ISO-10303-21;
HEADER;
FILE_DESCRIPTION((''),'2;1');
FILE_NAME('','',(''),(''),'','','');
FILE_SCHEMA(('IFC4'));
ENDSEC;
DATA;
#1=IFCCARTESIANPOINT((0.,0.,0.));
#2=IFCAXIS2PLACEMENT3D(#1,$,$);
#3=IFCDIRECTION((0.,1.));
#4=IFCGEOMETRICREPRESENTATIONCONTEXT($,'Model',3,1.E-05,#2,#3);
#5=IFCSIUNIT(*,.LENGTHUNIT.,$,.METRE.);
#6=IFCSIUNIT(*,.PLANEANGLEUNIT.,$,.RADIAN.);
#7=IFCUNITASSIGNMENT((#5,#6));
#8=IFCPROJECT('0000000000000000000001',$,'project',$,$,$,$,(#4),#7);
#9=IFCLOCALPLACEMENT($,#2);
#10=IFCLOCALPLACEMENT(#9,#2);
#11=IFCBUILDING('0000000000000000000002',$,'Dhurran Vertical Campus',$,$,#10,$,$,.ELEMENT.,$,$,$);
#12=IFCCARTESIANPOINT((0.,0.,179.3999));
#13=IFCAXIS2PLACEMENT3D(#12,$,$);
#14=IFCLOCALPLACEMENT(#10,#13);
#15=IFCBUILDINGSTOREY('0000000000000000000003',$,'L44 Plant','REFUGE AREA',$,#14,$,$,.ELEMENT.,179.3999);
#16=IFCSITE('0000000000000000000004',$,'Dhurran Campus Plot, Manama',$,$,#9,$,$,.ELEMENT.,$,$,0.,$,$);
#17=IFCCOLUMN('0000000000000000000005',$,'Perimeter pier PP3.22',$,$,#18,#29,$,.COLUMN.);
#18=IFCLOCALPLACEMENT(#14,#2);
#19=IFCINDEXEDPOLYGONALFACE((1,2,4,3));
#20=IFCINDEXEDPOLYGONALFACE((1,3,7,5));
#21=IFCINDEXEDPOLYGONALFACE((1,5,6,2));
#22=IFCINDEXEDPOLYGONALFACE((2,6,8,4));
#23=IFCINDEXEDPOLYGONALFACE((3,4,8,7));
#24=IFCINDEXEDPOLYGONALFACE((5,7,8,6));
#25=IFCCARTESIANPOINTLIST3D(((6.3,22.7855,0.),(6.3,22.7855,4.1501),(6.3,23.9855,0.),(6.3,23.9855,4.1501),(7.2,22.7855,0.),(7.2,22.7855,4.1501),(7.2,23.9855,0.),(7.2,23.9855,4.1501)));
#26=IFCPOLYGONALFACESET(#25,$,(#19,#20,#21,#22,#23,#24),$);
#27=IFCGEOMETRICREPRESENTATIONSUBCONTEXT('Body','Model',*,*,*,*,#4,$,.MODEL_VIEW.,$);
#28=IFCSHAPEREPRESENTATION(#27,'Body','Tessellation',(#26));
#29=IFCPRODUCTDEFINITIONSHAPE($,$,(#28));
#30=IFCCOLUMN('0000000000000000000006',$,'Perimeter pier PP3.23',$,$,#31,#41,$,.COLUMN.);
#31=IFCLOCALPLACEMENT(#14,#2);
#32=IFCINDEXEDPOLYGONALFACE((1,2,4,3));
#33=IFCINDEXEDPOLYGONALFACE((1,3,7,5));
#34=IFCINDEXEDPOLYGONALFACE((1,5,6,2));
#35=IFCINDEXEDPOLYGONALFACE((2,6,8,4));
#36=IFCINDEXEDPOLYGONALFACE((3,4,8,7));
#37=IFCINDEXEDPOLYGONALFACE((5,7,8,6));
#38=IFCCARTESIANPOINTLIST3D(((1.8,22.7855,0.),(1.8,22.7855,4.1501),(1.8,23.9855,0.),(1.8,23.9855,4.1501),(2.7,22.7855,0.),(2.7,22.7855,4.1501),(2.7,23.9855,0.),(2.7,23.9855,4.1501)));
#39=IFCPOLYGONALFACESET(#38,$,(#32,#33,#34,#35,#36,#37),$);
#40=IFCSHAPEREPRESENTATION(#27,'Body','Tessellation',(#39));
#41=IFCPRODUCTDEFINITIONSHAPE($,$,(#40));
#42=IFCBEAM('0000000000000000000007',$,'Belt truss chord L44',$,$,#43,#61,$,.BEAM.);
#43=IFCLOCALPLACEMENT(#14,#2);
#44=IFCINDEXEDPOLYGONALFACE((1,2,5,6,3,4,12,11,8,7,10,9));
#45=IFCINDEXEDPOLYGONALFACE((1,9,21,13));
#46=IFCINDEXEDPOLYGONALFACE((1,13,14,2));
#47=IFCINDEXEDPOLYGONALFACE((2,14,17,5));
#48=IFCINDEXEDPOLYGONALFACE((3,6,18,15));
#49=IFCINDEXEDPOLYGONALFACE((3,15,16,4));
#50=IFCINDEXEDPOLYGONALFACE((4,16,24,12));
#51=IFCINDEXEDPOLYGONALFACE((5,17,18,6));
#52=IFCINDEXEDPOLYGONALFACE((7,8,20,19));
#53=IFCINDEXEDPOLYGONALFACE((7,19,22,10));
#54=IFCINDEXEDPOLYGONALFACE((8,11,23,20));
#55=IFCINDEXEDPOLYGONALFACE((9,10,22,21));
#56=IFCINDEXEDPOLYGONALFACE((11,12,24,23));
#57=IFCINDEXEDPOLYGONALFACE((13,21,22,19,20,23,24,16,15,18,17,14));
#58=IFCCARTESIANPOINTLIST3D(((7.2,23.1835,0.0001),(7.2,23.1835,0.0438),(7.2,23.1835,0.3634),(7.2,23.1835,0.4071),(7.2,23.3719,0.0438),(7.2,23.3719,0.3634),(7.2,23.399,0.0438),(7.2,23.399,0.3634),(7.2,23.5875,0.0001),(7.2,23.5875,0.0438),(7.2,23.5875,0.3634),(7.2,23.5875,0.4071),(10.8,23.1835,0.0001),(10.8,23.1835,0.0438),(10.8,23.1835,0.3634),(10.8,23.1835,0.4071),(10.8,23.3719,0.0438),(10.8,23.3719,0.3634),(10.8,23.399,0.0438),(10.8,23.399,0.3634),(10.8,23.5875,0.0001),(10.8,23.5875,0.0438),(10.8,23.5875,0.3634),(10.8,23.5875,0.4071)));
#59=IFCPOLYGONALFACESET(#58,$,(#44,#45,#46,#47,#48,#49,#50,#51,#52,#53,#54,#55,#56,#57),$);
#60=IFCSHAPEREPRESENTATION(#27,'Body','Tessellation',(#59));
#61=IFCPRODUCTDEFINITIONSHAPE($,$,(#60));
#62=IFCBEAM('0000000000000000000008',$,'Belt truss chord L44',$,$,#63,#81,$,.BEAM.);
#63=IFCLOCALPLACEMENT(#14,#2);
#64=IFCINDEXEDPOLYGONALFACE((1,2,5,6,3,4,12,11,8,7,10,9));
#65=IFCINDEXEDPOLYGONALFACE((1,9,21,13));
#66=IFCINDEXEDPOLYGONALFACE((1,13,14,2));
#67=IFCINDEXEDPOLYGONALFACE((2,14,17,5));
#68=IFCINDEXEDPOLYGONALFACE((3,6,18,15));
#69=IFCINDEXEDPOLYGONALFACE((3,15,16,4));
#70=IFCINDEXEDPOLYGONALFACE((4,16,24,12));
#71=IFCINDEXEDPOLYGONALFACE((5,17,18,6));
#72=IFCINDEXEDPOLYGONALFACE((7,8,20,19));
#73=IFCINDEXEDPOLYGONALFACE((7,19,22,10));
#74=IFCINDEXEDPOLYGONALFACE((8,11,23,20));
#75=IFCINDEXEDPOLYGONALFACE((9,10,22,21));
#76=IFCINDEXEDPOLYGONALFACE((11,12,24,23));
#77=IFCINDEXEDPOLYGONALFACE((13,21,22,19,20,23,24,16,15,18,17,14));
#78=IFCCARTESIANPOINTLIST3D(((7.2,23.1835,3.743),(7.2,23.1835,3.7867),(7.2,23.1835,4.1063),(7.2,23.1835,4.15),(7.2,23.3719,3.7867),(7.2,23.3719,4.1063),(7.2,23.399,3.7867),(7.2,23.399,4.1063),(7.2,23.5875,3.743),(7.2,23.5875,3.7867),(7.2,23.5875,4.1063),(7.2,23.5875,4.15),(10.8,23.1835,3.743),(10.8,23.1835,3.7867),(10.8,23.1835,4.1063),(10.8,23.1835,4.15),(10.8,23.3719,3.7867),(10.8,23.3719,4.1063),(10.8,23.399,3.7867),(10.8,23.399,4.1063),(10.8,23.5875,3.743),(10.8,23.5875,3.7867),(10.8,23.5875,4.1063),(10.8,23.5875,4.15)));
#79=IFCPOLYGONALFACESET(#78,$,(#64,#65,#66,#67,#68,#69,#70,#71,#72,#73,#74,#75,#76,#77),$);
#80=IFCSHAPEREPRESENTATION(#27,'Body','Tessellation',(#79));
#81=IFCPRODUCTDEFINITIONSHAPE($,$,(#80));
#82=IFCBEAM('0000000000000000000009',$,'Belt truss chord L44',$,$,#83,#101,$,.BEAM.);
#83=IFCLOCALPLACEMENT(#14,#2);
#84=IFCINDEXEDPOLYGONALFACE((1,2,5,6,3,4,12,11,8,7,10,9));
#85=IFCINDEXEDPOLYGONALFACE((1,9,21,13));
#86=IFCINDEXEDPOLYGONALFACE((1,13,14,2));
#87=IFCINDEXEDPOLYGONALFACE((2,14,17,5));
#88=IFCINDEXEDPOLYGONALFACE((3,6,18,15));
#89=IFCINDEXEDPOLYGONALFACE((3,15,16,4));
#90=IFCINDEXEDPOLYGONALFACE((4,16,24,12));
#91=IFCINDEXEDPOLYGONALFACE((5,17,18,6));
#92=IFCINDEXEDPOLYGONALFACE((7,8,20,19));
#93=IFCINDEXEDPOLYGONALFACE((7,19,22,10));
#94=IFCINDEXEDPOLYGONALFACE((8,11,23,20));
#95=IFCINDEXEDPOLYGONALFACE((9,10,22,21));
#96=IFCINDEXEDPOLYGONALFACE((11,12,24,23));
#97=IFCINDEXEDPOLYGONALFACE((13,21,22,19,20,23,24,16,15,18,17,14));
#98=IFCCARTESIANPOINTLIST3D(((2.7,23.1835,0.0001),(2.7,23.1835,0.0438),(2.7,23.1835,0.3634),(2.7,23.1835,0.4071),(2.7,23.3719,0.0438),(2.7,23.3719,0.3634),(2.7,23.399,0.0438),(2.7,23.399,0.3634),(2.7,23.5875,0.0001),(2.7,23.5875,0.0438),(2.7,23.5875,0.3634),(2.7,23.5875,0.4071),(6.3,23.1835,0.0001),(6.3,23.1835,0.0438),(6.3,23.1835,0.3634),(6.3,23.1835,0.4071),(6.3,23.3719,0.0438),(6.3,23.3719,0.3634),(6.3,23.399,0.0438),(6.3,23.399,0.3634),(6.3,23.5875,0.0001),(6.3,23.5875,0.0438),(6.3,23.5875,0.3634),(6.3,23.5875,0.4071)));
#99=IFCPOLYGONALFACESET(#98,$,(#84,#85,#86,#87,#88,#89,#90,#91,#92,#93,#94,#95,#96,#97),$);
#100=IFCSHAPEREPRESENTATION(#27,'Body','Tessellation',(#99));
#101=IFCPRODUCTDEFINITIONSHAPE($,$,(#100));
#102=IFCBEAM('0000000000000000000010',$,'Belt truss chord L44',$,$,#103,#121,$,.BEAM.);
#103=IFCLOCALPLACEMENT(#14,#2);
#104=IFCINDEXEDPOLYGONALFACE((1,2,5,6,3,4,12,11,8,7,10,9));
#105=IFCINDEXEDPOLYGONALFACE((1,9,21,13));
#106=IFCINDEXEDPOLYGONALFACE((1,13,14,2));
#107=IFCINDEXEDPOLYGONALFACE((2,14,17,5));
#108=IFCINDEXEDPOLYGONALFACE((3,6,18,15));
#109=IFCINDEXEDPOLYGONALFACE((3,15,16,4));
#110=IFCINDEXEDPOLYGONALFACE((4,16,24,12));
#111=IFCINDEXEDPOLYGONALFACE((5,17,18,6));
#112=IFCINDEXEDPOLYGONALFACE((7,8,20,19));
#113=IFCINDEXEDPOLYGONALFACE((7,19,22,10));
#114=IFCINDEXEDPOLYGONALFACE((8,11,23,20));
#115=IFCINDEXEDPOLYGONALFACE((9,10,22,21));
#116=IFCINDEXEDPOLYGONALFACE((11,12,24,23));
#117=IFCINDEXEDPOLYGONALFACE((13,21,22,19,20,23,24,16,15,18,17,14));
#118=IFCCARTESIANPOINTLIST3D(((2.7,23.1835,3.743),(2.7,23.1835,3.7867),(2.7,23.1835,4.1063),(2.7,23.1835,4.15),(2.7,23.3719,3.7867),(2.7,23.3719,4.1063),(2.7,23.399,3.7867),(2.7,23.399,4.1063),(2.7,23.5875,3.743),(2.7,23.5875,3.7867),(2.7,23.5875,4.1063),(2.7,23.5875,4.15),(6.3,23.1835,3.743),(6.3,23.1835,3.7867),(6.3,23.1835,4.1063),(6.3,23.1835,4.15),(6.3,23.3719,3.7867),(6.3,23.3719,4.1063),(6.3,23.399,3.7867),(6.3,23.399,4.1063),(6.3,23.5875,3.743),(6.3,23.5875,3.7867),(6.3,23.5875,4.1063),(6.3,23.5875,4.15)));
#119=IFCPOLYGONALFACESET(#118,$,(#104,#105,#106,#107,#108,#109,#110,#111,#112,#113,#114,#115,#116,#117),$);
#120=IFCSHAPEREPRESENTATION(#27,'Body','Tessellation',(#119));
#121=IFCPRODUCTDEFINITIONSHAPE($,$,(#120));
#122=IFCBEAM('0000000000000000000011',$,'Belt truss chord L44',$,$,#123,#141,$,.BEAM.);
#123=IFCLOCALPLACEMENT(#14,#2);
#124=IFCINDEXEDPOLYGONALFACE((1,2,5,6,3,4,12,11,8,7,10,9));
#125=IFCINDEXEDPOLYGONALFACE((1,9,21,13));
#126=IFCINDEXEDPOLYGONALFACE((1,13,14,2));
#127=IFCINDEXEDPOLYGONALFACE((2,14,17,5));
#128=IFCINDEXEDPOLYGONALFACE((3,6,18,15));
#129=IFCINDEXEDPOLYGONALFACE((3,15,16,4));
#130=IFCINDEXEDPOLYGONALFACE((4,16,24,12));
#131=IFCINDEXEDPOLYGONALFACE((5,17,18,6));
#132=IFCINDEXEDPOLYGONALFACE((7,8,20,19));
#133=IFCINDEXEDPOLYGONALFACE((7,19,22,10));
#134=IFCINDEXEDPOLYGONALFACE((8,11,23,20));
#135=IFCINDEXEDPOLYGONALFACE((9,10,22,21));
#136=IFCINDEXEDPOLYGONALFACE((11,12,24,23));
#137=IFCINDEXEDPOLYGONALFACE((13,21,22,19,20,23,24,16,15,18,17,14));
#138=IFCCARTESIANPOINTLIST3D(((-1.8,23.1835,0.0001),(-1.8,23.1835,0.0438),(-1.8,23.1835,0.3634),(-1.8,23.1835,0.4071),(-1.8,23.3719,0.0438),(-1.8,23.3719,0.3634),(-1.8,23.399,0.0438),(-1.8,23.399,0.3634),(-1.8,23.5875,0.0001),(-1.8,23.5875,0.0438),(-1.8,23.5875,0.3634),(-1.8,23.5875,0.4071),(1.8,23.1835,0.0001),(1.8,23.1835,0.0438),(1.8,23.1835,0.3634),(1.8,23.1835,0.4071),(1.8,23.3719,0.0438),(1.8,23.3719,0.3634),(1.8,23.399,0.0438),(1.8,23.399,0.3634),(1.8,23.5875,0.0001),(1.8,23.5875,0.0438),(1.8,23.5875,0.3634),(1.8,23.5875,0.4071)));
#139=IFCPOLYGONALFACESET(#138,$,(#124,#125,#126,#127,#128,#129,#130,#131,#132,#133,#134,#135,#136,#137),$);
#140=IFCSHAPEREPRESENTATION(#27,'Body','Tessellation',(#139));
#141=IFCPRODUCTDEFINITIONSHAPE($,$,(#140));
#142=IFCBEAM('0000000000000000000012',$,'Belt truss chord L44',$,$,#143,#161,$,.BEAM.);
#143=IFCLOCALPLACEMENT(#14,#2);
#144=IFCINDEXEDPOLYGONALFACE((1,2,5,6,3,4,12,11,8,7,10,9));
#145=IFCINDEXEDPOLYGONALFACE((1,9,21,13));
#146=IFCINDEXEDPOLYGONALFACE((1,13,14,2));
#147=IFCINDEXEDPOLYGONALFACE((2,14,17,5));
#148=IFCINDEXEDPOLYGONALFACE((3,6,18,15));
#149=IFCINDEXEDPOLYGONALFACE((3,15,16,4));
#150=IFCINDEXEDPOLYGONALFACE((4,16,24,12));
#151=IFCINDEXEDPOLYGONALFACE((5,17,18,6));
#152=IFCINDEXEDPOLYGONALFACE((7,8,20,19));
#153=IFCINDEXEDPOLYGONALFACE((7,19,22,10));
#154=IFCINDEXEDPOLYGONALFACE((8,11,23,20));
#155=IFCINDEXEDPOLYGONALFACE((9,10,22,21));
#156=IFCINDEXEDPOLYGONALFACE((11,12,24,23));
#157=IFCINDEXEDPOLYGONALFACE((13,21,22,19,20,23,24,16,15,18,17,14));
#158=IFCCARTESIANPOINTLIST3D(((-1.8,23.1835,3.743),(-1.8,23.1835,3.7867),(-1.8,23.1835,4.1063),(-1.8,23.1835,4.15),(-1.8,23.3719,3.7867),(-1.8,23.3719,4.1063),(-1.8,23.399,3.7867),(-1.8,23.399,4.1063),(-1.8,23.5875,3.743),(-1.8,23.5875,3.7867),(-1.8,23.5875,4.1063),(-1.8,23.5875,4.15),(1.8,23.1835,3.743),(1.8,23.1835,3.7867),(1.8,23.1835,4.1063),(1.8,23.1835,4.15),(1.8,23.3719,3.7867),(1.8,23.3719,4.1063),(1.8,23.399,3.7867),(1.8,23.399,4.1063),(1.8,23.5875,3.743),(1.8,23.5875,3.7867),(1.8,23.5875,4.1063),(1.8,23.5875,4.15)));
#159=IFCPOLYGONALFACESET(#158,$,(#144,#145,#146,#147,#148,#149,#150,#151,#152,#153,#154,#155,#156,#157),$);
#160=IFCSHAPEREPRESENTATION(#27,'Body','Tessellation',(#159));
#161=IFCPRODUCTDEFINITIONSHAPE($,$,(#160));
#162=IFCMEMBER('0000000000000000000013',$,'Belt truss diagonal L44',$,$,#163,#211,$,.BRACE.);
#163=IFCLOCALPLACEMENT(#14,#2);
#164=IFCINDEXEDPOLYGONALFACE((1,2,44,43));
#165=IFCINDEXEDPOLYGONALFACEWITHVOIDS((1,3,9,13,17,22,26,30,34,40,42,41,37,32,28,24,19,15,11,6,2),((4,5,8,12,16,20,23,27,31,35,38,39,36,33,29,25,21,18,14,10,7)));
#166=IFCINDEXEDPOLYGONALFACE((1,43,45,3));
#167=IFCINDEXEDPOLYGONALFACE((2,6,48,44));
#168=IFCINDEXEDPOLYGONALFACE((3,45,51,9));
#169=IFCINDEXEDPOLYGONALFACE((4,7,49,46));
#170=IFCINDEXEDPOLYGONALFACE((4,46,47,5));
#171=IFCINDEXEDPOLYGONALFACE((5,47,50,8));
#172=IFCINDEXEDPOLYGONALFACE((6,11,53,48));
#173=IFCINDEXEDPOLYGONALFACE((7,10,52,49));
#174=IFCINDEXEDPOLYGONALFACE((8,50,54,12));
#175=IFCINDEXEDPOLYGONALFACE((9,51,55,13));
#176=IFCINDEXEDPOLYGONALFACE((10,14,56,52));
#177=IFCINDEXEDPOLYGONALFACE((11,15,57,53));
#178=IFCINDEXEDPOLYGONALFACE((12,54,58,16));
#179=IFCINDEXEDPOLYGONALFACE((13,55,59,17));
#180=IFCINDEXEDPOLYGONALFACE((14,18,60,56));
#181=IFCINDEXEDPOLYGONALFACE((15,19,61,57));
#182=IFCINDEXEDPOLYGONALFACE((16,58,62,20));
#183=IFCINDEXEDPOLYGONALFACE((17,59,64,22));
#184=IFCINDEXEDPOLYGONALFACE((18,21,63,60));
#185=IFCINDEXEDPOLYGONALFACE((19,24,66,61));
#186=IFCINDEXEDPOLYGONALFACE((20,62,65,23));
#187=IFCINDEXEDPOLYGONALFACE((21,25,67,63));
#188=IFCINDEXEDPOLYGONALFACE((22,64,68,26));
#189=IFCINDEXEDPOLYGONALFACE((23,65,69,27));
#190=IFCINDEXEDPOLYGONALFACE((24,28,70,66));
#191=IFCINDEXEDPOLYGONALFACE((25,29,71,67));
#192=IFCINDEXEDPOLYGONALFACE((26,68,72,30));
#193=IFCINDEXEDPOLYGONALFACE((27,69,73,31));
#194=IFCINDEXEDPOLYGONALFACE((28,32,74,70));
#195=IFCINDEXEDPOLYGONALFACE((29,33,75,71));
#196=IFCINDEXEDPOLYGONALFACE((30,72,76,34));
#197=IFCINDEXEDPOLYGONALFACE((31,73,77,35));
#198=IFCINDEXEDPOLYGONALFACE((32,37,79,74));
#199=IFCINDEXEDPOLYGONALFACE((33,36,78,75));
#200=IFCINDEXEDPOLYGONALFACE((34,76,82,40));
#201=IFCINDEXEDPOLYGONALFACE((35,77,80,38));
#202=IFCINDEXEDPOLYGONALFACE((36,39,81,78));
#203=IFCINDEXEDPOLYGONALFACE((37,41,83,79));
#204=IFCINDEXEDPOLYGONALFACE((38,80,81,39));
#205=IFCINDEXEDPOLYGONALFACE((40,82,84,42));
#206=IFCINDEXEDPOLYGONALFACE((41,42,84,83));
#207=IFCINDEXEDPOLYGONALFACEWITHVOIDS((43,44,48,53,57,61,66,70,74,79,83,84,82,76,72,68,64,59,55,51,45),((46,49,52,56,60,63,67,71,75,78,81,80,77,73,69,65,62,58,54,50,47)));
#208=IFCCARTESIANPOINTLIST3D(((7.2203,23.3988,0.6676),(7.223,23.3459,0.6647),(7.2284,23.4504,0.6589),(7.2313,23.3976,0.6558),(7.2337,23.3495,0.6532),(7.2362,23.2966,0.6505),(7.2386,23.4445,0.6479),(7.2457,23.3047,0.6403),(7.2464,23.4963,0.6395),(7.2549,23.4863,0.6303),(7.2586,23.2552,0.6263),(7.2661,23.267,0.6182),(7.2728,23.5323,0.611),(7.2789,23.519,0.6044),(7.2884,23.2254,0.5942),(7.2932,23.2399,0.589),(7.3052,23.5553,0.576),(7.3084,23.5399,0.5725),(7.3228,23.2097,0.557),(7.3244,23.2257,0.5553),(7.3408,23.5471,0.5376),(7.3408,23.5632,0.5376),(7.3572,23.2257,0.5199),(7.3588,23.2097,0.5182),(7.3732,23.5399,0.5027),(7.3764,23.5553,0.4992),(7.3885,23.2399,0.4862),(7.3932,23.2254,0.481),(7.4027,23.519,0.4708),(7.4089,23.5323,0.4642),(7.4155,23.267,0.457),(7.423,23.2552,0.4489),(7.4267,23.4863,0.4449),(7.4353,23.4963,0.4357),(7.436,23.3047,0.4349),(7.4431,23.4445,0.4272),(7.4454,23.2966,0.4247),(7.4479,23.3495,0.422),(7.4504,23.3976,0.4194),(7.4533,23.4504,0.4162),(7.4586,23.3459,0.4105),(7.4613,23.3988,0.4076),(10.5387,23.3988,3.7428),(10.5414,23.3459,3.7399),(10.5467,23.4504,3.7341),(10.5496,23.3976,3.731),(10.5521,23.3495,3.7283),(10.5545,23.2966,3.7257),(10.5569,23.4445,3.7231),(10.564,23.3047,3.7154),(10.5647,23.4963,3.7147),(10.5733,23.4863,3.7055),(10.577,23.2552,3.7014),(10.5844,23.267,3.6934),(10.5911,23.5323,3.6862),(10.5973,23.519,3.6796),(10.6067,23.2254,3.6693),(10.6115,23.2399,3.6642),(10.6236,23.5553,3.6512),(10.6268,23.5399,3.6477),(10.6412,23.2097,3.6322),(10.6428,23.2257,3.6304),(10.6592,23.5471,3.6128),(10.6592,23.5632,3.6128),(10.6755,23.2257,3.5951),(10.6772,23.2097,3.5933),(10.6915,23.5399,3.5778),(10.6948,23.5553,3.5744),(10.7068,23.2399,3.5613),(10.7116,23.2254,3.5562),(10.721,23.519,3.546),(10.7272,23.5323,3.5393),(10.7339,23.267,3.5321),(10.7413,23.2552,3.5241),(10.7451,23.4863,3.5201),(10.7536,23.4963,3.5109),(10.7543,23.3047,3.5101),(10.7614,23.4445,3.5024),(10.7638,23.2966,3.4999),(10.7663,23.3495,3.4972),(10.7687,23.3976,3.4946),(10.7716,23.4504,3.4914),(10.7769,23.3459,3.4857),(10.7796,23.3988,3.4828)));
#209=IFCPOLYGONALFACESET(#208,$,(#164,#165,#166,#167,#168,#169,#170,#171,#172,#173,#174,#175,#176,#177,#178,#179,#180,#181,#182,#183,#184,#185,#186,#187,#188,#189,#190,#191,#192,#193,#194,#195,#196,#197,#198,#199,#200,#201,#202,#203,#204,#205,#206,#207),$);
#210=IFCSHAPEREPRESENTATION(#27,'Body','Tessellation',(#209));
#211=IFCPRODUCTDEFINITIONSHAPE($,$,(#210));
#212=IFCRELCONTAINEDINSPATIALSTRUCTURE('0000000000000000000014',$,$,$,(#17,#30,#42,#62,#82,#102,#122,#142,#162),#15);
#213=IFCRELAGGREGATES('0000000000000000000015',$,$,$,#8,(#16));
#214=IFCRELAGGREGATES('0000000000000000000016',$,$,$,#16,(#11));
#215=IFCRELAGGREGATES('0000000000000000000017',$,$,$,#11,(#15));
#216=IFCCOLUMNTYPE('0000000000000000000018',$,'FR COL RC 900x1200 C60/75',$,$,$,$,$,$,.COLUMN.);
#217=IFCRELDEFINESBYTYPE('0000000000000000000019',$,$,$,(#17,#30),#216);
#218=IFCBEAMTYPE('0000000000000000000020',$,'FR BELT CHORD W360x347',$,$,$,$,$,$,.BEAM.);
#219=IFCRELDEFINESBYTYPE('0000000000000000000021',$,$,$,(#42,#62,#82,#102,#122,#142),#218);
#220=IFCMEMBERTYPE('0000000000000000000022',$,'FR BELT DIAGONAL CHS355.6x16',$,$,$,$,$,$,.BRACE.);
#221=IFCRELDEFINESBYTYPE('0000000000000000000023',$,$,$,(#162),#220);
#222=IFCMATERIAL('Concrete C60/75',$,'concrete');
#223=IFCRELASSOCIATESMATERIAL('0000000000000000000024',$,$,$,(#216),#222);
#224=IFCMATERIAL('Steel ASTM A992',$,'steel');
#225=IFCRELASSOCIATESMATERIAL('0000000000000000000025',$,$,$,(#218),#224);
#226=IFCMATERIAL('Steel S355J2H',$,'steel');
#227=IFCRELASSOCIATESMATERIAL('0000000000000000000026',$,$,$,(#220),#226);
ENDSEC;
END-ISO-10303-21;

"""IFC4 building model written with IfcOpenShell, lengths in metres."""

from ifc_helpers import new_model, si_unit, direction, frame, origin, origin_2d, place, context, subcontext, project, spatial, rectangle, hollow_circle, i_section, extrude, material, material_profile, profile_set, type_object, element, save


model = new_model("IFC4")

# Units and contexts
model_context = context("Model", 3, precision=1e-05, world=origin(), true_north=direction((0.0, 1.0)))
body_context = subcontext(model_context, "Body", "Model", "MODEL_VIEW")
ifc_project = project(units=[si_unit("LENGTHUNIT", "METRE"), si_unit("PLANEANGLEUNIT", "RADIAN")], contexts=[model_context])

# Site, building, storey
site_placement = place(None, origin())
site = spatial("IfcSite", under=ifc_project, at=site_placement, Name="Dhurran Campus Plot, Manama", CompositionType="ELEMENT", RefElevation=0.0)
building_placement = place(site_placement, origin())
building = spatial("IfcBuilding", under=site, at=building_placement, Name="Dhurran Vertical Campus", CompositionType="ELEMENT")
storey_placement = place(building_placement, frame((0.0, 0.0, 179.3999)))
storey = spatial("IfcBuildingStorey", under=building, at=storey_placement, Name="L44 Plant", Description="REFUGE AREA", CompositionType="ELEMENT", Elevation=179.3999)

# Columns
ifc_material_1 = material(Name="Concrete C60/75", Category="concrete")
ifc_material_profile_1 = material_profile(ifc_material_1, rectangle(XDim=0.8999, YDim=1.2, at=origin_2d()), Name="RC 900x1200")
ifc_profile_set_1 = profile_set([ifc_material_profile_1], Name="Concrete C60/75")
column_type = type_object("IfcColumnType", Name="FR COL RC 900x1200 C60/75", PredefinedType="COLUMN", material=ifc_profile_set_1)
for number, where, z_axis, x_axis, name in (
    (1, (6.75, 23.3855, 0.0), (0.0, 0.0, 1.0), (-1.0, 0.0, 0.0), "Perimeter pier PP3.22"),
    (2, (2.25, 23.3855, 0.0), (0.0, 0.0, 1.0), (-1.0, 0.0, 0.0), "Perimeter pier PP3.23"),
):
    element("IfcColumn", number, at=place(storey_placement, frame(where, z_axis=z_axis, x_axis=x_axis)), inside=storey, type_object=column_type, Name=name, PredefinedType="COLUMN", context=body_context, shape_type="SweptSolid", body=[
        extrude(rectangle(XDim=0.8999, YDim=1.2, at=origin_2d()), origin(), (0.0, 0.0, 1.0), 4.1501),
    ])

# Beams
ifc_material_2 = material(Name="Steel ASTM A992", Category="steel")
ifc_material_profile_2 = material_profile(ifc_material_2, i_section(OverallWidth=0.4041, OverallDepth=0.407, WebThickness=0.0271, FlangeThickness=0.0437, at=origin_2d()), Name="W360x347")
ifc_profile_set_2 = profile_set([ifc_material_profile_2], Name="Steel ASTM A992")
beam_type = type_object("IfcBeamType", Name="FR BELT CHORD W360x347", PredefinedType="BEAM", material=ifc_profile_set_2)
for number, where, z_axis, x_axis, name in (
    (3, (10.8, 23.3855, 0.2036), (-1.0, 0.0, 0.0), (0.0, -1.0, 0.0), "Belt truss chord L44"),
    (4, (10.8, 23.3855, 3.9465), (-1.0, 0.0, 0.0), (0.0, -1.0, 0.0), "Belt truss chord L44"),
    (5, (6.3, 23.3855, 0.2036), (-1.0, 0.0, 0.0), (0.0, -1.0, 0.0), "Belt truss chord L44"),
    (6, (6.3, 23.3855, 3.9465), (-1.0, 0.0, 0.0), (0.0, -1.0, 0.0), "Belt truss chord L44"),
    (7, (1.8, 23.3855, 0.2036), (-1.0, 0.0, 0.0), (0.0, -1.0, 0.0), "Belt truss chord L44"),
    (8, (1.8, 23.3855, 3.9465), (-1.0, 0.0, 0.0), (0.0, -1.0, 0.0), "Belt truss chord L44"),
):
    element("IfcBeam", number, at=place(storey_placement, frame(where, z_axis=z_axis, x_axis=x_axis)), inside=storey, type_object=beam_type, Name=name, PredefinedType="BEAM", context=body_context, shape_type="SweptSolid", body=[
        extrude(i_section(OverallWidth=0.4041, OverallDepth=0.407, WebThickness=0.0271, FlangeThickness=0.0437, at=origin_2d()), origin(), (0.0, 0.0, 1.0), 3.6001),
    ])

# Member
ifc_material_3 = material(Name="Steel S355J2H", Category="steel")
ifc_material_profile_3 = material_profile(ifc_material_3, hollow_circle(Radius=0.1777, WallThickness=0.0161, at=origin_2d()), Name="CHS355.6x16")
ifc_profile_set_3 = profile_set([ifc_material_profile_3], Name="Steel S355J2H")
member_type = type_object("IfcMemberType", Name="FR BELT DIAGONAL CHS355.6x16", PredefinedType="BRACE", material=ifc_profile_set_3)
for number, where, z_axis, x_axis, name in (
    (9, (7.3408, 23.3855, 0.5376), (0.73347, 0.0, 0.679722), (0.0, 1.0, 0.0), "Belt truss diagonal L44"),
):
    element("IfcMember", number, at=place(storey_placement, frame(where, z_axis=z_axis, x_axis=x_axis)), inside=storey, type_object=member_type, Name=name, PredefinedType="BRACE", context=body_context, shape_type="SweptSolid", body=[
        extrude(hollow_circle(Radius=0.1777, WallThickness=0.0161, at=origin_2d()), origin(), (0.0, 0.0, 1.0), 4.5242),
    ])

save(model, "model.ifc")
